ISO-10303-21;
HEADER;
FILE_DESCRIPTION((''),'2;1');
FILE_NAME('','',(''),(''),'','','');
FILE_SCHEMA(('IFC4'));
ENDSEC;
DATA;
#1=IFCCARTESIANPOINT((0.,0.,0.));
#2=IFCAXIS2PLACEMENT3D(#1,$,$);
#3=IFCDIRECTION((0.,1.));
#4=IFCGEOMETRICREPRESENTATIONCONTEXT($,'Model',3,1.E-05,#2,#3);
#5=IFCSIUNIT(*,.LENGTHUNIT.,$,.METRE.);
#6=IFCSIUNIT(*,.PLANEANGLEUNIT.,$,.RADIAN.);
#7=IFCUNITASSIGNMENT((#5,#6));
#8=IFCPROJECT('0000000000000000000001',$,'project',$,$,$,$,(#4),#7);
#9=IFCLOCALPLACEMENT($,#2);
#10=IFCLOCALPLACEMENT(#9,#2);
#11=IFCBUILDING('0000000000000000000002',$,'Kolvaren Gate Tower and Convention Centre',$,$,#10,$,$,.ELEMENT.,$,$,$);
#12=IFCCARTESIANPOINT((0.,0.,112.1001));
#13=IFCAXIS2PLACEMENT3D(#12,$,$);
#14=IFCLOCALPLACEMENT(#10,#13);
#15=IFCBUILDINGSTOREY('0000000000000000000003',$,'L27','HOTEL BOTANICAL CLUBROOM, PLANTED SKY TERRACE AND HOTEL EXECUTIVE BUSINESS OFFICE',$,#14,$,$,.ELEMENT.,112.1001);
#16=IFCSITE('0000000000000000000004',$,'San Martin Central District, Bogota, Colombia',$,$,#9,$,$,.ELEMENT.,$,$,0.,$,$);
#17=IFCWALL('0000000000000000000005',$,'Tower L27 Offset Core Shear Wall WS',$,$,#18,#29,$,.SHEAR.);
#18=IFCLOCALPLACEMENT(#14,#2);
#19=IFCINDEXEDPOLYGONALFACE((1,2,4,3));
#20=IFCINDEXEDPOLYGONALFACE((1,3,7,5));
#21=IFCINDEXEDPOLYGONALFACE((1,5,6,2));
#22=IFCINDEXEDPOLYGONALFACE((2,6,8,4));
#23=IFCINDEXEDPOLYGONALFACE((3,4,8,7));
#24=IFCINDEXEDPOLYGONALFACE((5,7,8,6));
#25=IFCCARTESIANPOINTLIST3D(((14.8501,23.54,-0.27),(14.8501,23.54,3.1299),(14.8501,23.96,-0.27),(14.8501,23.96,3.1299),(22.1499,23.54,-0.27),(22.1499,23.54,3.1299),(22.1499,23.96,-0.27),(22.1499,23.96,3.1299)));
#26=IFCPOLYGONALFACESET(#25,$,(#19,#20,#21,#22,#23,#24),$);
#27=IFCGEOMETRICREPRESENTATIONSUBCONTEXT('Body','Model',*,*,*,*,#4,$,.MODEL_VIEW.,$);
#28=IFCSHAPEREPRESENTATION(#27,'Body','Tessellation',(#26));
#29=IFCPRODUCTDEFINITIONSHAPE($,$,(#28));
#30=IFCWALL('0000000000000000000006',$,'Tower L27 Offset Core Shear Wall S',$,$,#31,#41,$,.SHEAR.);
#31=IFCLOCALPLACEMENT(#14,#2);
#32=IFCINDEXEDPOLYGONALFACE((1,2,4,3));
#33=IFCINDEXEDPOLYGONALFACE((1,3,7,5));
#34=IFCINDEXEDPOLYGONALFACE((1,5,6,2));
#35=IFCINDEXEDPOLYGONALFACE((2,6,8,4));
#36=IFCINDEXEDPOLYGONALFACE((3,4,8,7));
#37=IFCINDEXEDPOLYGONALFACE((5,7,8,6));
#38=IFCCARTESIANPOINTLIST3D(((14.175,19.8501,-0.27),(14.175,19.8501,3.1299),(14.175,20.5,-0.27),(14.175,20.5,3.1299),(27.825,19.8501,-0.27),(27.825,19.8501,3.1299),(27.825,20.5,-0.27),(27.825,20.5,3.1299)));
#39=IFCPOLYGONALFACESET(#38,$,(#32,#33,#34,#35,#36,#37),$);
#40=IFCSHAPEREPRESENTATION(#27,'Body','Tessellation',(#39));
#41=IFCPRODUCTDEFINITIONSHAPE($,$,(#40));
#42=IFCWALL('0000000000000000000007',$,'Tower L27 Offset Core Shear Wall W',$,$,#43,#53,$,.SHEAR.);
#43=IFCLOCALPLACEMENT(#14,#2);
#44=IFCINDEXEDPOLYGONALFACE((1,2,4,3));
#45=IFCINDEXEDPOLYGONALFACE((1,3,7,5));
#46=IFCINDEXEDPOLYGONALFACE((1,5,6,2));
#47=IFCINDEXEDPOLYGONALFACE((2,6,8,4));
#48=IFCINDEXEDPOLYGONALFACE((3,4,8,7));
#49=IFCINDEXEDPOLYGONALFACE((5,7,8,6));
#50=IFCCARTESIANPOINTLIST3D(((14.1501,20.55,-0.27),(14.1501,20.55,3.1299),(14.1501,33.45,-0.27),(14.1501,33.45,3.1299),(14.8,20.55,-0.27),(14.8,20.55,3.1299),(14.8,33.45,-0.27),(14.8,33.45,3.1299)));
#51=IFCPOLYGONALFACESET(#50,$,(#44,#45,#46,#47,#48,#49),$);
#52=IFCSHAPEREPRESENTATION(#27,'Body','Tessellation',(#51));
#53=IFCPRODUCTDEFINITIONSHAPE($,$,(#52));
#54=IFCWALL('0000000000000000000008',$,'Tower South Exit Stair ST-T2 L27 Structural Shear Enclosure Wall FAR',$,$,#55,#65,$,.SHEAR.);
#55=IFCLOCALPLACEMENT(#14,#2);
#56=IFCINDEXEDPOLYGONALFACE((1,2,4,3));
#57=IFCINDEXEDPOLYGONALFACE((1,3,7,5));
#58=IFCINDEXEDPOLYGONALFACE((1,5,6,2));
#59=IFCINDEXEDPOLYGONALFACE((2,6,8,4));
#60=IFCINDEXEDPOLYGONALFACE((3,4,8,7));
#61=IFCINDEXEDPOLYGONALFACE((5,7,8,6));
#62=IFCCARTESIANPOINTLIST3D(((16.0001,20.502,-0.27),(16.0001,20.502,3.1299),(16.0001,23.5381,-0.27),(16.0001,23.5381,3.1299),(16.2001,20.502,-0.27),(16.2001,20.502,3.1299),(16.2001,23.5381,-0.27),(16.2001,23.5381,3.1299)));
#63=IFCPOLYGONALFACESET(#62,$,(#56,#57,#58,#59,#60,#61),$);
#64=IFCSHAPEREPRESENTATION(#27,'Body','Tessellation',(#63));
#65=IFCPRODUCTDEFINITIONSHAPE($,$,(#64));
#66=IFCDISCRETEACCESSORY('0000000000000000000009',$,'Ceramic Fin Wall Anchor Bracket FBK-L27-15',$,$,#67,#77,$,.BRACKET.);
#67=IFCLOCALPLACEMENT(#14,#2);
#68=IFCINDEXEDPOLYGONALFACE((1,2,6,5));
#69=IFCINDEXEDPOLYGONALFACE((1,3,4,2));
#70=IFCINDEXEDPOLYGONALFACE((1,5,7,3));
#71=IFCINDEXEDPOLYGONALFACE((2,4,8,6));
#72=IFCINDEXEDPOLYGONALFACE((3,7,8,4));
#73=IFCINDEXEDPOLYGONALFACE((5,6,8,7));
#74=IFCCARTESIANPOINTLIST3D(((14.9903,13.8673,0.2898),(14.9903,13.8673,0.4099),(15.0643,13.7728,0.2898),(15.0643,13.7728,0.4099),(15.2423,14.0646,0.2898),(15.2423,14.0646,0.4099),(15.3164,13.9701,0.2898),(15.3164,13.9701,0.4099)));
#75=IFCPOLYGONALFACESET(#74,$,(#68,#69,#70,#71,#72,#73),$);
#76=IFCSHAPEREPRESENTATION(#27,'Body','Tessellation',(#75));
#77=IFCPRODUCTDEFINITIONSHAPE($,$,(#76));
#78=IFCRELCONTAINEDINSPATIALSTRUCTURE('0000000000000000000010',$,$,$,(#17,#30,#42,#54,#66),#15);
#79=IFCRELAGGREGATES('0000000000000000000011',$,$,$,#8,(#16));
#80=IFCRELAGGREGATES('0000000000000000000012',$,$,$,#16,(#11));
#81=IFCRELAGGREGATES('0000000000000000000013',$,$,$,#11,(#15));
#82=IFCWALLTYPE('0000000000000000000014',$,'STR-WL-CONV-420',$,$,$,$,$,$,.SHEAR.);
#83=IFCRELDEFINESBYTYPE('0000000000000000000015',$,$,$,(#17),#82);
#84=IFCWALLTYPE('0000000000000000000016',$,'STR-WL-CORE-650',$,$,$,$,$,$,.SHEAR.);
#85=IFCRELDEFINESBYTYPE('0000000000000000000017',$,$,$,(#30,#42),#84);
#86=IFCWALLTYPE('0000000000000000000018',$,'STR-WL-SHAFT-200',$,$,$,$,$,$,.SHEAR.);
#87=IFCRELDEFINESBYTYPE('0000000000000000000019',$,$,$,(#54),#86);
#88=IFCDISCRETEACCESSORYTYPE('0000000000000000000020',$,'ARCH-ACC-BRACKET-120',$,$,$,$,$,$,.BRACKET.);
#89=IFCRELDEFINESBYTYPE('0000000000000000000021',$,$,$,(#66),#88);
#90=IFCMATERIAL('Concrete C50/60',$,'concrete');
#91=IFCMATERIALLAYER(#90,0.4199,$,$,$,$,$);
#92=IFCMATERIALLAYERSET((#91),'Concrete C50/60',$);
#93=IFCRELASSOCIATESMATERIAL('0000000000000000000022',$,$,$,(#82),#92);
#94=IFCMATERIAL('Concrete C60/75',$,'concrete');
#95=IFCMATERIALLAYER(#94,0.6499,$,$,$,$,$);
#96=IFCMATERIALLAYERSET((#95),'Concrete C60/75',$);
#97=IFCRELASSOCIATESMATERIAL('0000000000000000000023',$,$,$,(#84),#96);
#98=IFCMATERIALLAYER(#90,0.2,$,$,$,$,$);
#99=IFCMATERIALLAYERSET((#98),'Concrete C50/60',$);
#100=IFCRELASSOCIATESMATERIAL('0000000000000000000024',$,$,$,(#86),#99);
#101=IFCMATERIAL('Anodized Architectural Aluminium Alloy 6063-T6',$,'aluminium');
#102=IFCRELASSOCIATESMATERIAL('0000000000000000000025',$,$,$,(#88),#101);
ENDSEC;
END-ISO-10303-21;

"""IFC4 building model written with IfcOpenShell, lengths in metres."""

from ifc_helpers import new_model, si_unit, direction, frame, frame_2d, origin, origin_2d, place, context, subcontext, project, spatial, rectangle, extrude, material, layer, layer_set, type_object, element, save


model = new_model("IFC4")

# Units and contexts
model_context = context("Model", 3, precision=1e-05, world=origin(), true_north=direction((0.0, 1.0)))
body_context = subcontext(model_context, "Body", "Model", "MODEL_VIEW")
ifc_project = project(units=[si_unit("LENGTHUNIT", "METRE"), si_unit("PLANEANGLEUNIT", "RADIAN")], contexts=[model_context])

# Site, building, storey
site_placement = place(None, origin())
site = spatial("IfcSite", under=ifc_project, at=site_placement, Name="San Martin Central District, Bogota, Colombia", CompositionType="ELEMENT", RefElevation=0.0)
building_placement = place(site_placement, origin())
building = spatial("IfcBuilding", under=site, at=building_placement, Name="Kolvaren Gate Tower and Convention Centre", CompositionType="ELEMENT")
storey_placement = place(building_placement, frame((0.0, 0.0, 112.1001)))
storey = spatial("IfcBuildingStorey", under=building, at=storey_placement, Name="L27", Description="HOTEL BOTANICAL CLUBROOM, PLANTED SKY TERRACE AND HOTEL EXECUTIVE BUSINESS OFFICE", CompositionType="ELEMENT", Elevation=112.1001)

# Shared definitions
ifc_material_1 = material(Name="Concrete C60/75", Category="concrete")

# Walls
ifc_material_2 = material(Name="Concrete C50/60", Category="concrete")
ifc_layer_1 = layer(ifc_material_2, 0.4199)
ifc_layer_set_1 = layer_set([ifc_layer_1], Name="Concrete C50/60")
wall_type_1 = type_object("IfcWallType", Name="STR-WL-CONV-420", PredefinedType="SHEAR", material=ifc_layer_set_1)
wall_1_placement = place(storey_placement, frame((14.8501, 23.75, -0.27), z_axis=(0.0, 0.0, 1.0), x_axis=(1.0, 0.0, 0.0)))
element("IfcWall", 1, at=wall_1_placement, inside=storey, type_object=wall_type_1, Name="Tower L27 Offset Core Shear Wall WS", PredefinedType="SHEAR", context=body_context, shape_type="SweptSolid", body=[
    extrude(rectangle(XDim=7.2998, YDim=0.4199, at=frame_2d((3.6499, 0.0))), origin(), (0.0, 0.0, 1.0), 3.3999),
])
ifc_layer_2 = layer(ifc_material_1, 0.6499)
ifc_layer_set_2 = layer_set([ifc_layer_2], Name="Concrete C60/75")
wall_type_2 = type_object("IfcWallType", Name="STR-WL-CORE-650", PredefinedType="SHEAR", material=ifc_layer_set_2)
wall_2_placement = place(storey_placement, frame((14.175, 20.175, -0.27), z_axis=(0.0, 0.0, 1.0), x_axis=(1.0, 0.0, 0.0)))
element("IfcWall", 2, at=wall_2_placement, inside=storey, type_object=wall_type_2, Name="Tower L27 Offset Core Shear Wall S", PredefinedType="SHEAR", context=body_context, shape_type="SweptSolid", body=[
    extrude(rectangle(XDim=13.6499, YDim=0.6499, at=frame_2d((6.825, 0.0))), origin(), (0.0, 0.0, 1.0), 3.3999),
])
wall_3_placement = place(storey_placement, frame((14.4751, 20.55, -0.27), z_axis=(0.0, 0.0, 1.0), x_axis=(0.0, 1.0, 0.0)))
element("IfcWall", 3, at=wall_3_placement, inside=storey, type_object=wall_type_2, Name="Tower L27 Offset Core Shear Wall W", PredefinedType="SHEAR", context=body_context, shape_type="SweptSolid", body=[
    extrude(rectangle(XDim=12.8999, YDim=0.6499, at=frame_2d((6.45, 0.0))), origin(), (0.0, 0.0, 1.0), 3.3999),
])
ifc_layer_3 = layer(ifc_material_2, 0.2)
ifc_layer_set_3 = layer_set([ifc_layer_3], Name="Concrete C50/60")
wall_type_3 = type_object("IfcWallType", Name="STR-WL-SHAFT-200", PredefinedType="SHEAR", material=ifc_layer_set_3)
wall_4_placement = place(storey_placement, frame((16.1001, 20.502, -0.27), z_axis=(0.0, 0.0, 1.0), x_axis=(0.0, 1.0, 0.0)))
element("IfcWall", 4, at=wall_4_placement, inside=storey, type_object=wall_type_3, Name="Tower South Exit Stair ST-T2 L27 Structural Shear Enclosure Wall FAR", PredefinedType="SHEAR", context=body_context, shape_type="SweptSolid", body=[
    extrude(rectangle(XDim=3.0361, YDim=0.2, at=frame_2d((1.5181, 0.0))), origin(), (0.0, 0.0, 1.0), 3.3999),
])

# Discrete accessory
ifc_material_3 = material(Name="Anodized Architectural Aluminium Alloy 6063-T6", Category="aluminium")
discrete_accessory_type = type_object("IfcDiscreteAccessoryType", Name="ARCH-ACC-BRACKET-120", PredefinedType="BRACKET", material=ifc_material_3)
discrete_accessory_placement = place(storey_placement, frame((15.1533, 13.9187, 0.2898), z_axis=(0.0, 0.0, 1.0), x_axis=(0.616424, -0.787414, 0.0)))
element("IfcDiscreteAccessory", 5, at=discrete_accessory_placement, inside=storey, type_object=discrete_accessory_type, Name="Ceramic Fin Wall Anchor Bracket FBK-L27-15", PredefinedType="BRACKET", context=body_context, shape_type="SweptSolid", body=[
    extrude(rectangle(XDim=0.1201, YDim=0.3201, at=origin_2d()), origin(), (0.0, 0.0, 1.0), 0.1201),
])

save(model, "model.ifc")
